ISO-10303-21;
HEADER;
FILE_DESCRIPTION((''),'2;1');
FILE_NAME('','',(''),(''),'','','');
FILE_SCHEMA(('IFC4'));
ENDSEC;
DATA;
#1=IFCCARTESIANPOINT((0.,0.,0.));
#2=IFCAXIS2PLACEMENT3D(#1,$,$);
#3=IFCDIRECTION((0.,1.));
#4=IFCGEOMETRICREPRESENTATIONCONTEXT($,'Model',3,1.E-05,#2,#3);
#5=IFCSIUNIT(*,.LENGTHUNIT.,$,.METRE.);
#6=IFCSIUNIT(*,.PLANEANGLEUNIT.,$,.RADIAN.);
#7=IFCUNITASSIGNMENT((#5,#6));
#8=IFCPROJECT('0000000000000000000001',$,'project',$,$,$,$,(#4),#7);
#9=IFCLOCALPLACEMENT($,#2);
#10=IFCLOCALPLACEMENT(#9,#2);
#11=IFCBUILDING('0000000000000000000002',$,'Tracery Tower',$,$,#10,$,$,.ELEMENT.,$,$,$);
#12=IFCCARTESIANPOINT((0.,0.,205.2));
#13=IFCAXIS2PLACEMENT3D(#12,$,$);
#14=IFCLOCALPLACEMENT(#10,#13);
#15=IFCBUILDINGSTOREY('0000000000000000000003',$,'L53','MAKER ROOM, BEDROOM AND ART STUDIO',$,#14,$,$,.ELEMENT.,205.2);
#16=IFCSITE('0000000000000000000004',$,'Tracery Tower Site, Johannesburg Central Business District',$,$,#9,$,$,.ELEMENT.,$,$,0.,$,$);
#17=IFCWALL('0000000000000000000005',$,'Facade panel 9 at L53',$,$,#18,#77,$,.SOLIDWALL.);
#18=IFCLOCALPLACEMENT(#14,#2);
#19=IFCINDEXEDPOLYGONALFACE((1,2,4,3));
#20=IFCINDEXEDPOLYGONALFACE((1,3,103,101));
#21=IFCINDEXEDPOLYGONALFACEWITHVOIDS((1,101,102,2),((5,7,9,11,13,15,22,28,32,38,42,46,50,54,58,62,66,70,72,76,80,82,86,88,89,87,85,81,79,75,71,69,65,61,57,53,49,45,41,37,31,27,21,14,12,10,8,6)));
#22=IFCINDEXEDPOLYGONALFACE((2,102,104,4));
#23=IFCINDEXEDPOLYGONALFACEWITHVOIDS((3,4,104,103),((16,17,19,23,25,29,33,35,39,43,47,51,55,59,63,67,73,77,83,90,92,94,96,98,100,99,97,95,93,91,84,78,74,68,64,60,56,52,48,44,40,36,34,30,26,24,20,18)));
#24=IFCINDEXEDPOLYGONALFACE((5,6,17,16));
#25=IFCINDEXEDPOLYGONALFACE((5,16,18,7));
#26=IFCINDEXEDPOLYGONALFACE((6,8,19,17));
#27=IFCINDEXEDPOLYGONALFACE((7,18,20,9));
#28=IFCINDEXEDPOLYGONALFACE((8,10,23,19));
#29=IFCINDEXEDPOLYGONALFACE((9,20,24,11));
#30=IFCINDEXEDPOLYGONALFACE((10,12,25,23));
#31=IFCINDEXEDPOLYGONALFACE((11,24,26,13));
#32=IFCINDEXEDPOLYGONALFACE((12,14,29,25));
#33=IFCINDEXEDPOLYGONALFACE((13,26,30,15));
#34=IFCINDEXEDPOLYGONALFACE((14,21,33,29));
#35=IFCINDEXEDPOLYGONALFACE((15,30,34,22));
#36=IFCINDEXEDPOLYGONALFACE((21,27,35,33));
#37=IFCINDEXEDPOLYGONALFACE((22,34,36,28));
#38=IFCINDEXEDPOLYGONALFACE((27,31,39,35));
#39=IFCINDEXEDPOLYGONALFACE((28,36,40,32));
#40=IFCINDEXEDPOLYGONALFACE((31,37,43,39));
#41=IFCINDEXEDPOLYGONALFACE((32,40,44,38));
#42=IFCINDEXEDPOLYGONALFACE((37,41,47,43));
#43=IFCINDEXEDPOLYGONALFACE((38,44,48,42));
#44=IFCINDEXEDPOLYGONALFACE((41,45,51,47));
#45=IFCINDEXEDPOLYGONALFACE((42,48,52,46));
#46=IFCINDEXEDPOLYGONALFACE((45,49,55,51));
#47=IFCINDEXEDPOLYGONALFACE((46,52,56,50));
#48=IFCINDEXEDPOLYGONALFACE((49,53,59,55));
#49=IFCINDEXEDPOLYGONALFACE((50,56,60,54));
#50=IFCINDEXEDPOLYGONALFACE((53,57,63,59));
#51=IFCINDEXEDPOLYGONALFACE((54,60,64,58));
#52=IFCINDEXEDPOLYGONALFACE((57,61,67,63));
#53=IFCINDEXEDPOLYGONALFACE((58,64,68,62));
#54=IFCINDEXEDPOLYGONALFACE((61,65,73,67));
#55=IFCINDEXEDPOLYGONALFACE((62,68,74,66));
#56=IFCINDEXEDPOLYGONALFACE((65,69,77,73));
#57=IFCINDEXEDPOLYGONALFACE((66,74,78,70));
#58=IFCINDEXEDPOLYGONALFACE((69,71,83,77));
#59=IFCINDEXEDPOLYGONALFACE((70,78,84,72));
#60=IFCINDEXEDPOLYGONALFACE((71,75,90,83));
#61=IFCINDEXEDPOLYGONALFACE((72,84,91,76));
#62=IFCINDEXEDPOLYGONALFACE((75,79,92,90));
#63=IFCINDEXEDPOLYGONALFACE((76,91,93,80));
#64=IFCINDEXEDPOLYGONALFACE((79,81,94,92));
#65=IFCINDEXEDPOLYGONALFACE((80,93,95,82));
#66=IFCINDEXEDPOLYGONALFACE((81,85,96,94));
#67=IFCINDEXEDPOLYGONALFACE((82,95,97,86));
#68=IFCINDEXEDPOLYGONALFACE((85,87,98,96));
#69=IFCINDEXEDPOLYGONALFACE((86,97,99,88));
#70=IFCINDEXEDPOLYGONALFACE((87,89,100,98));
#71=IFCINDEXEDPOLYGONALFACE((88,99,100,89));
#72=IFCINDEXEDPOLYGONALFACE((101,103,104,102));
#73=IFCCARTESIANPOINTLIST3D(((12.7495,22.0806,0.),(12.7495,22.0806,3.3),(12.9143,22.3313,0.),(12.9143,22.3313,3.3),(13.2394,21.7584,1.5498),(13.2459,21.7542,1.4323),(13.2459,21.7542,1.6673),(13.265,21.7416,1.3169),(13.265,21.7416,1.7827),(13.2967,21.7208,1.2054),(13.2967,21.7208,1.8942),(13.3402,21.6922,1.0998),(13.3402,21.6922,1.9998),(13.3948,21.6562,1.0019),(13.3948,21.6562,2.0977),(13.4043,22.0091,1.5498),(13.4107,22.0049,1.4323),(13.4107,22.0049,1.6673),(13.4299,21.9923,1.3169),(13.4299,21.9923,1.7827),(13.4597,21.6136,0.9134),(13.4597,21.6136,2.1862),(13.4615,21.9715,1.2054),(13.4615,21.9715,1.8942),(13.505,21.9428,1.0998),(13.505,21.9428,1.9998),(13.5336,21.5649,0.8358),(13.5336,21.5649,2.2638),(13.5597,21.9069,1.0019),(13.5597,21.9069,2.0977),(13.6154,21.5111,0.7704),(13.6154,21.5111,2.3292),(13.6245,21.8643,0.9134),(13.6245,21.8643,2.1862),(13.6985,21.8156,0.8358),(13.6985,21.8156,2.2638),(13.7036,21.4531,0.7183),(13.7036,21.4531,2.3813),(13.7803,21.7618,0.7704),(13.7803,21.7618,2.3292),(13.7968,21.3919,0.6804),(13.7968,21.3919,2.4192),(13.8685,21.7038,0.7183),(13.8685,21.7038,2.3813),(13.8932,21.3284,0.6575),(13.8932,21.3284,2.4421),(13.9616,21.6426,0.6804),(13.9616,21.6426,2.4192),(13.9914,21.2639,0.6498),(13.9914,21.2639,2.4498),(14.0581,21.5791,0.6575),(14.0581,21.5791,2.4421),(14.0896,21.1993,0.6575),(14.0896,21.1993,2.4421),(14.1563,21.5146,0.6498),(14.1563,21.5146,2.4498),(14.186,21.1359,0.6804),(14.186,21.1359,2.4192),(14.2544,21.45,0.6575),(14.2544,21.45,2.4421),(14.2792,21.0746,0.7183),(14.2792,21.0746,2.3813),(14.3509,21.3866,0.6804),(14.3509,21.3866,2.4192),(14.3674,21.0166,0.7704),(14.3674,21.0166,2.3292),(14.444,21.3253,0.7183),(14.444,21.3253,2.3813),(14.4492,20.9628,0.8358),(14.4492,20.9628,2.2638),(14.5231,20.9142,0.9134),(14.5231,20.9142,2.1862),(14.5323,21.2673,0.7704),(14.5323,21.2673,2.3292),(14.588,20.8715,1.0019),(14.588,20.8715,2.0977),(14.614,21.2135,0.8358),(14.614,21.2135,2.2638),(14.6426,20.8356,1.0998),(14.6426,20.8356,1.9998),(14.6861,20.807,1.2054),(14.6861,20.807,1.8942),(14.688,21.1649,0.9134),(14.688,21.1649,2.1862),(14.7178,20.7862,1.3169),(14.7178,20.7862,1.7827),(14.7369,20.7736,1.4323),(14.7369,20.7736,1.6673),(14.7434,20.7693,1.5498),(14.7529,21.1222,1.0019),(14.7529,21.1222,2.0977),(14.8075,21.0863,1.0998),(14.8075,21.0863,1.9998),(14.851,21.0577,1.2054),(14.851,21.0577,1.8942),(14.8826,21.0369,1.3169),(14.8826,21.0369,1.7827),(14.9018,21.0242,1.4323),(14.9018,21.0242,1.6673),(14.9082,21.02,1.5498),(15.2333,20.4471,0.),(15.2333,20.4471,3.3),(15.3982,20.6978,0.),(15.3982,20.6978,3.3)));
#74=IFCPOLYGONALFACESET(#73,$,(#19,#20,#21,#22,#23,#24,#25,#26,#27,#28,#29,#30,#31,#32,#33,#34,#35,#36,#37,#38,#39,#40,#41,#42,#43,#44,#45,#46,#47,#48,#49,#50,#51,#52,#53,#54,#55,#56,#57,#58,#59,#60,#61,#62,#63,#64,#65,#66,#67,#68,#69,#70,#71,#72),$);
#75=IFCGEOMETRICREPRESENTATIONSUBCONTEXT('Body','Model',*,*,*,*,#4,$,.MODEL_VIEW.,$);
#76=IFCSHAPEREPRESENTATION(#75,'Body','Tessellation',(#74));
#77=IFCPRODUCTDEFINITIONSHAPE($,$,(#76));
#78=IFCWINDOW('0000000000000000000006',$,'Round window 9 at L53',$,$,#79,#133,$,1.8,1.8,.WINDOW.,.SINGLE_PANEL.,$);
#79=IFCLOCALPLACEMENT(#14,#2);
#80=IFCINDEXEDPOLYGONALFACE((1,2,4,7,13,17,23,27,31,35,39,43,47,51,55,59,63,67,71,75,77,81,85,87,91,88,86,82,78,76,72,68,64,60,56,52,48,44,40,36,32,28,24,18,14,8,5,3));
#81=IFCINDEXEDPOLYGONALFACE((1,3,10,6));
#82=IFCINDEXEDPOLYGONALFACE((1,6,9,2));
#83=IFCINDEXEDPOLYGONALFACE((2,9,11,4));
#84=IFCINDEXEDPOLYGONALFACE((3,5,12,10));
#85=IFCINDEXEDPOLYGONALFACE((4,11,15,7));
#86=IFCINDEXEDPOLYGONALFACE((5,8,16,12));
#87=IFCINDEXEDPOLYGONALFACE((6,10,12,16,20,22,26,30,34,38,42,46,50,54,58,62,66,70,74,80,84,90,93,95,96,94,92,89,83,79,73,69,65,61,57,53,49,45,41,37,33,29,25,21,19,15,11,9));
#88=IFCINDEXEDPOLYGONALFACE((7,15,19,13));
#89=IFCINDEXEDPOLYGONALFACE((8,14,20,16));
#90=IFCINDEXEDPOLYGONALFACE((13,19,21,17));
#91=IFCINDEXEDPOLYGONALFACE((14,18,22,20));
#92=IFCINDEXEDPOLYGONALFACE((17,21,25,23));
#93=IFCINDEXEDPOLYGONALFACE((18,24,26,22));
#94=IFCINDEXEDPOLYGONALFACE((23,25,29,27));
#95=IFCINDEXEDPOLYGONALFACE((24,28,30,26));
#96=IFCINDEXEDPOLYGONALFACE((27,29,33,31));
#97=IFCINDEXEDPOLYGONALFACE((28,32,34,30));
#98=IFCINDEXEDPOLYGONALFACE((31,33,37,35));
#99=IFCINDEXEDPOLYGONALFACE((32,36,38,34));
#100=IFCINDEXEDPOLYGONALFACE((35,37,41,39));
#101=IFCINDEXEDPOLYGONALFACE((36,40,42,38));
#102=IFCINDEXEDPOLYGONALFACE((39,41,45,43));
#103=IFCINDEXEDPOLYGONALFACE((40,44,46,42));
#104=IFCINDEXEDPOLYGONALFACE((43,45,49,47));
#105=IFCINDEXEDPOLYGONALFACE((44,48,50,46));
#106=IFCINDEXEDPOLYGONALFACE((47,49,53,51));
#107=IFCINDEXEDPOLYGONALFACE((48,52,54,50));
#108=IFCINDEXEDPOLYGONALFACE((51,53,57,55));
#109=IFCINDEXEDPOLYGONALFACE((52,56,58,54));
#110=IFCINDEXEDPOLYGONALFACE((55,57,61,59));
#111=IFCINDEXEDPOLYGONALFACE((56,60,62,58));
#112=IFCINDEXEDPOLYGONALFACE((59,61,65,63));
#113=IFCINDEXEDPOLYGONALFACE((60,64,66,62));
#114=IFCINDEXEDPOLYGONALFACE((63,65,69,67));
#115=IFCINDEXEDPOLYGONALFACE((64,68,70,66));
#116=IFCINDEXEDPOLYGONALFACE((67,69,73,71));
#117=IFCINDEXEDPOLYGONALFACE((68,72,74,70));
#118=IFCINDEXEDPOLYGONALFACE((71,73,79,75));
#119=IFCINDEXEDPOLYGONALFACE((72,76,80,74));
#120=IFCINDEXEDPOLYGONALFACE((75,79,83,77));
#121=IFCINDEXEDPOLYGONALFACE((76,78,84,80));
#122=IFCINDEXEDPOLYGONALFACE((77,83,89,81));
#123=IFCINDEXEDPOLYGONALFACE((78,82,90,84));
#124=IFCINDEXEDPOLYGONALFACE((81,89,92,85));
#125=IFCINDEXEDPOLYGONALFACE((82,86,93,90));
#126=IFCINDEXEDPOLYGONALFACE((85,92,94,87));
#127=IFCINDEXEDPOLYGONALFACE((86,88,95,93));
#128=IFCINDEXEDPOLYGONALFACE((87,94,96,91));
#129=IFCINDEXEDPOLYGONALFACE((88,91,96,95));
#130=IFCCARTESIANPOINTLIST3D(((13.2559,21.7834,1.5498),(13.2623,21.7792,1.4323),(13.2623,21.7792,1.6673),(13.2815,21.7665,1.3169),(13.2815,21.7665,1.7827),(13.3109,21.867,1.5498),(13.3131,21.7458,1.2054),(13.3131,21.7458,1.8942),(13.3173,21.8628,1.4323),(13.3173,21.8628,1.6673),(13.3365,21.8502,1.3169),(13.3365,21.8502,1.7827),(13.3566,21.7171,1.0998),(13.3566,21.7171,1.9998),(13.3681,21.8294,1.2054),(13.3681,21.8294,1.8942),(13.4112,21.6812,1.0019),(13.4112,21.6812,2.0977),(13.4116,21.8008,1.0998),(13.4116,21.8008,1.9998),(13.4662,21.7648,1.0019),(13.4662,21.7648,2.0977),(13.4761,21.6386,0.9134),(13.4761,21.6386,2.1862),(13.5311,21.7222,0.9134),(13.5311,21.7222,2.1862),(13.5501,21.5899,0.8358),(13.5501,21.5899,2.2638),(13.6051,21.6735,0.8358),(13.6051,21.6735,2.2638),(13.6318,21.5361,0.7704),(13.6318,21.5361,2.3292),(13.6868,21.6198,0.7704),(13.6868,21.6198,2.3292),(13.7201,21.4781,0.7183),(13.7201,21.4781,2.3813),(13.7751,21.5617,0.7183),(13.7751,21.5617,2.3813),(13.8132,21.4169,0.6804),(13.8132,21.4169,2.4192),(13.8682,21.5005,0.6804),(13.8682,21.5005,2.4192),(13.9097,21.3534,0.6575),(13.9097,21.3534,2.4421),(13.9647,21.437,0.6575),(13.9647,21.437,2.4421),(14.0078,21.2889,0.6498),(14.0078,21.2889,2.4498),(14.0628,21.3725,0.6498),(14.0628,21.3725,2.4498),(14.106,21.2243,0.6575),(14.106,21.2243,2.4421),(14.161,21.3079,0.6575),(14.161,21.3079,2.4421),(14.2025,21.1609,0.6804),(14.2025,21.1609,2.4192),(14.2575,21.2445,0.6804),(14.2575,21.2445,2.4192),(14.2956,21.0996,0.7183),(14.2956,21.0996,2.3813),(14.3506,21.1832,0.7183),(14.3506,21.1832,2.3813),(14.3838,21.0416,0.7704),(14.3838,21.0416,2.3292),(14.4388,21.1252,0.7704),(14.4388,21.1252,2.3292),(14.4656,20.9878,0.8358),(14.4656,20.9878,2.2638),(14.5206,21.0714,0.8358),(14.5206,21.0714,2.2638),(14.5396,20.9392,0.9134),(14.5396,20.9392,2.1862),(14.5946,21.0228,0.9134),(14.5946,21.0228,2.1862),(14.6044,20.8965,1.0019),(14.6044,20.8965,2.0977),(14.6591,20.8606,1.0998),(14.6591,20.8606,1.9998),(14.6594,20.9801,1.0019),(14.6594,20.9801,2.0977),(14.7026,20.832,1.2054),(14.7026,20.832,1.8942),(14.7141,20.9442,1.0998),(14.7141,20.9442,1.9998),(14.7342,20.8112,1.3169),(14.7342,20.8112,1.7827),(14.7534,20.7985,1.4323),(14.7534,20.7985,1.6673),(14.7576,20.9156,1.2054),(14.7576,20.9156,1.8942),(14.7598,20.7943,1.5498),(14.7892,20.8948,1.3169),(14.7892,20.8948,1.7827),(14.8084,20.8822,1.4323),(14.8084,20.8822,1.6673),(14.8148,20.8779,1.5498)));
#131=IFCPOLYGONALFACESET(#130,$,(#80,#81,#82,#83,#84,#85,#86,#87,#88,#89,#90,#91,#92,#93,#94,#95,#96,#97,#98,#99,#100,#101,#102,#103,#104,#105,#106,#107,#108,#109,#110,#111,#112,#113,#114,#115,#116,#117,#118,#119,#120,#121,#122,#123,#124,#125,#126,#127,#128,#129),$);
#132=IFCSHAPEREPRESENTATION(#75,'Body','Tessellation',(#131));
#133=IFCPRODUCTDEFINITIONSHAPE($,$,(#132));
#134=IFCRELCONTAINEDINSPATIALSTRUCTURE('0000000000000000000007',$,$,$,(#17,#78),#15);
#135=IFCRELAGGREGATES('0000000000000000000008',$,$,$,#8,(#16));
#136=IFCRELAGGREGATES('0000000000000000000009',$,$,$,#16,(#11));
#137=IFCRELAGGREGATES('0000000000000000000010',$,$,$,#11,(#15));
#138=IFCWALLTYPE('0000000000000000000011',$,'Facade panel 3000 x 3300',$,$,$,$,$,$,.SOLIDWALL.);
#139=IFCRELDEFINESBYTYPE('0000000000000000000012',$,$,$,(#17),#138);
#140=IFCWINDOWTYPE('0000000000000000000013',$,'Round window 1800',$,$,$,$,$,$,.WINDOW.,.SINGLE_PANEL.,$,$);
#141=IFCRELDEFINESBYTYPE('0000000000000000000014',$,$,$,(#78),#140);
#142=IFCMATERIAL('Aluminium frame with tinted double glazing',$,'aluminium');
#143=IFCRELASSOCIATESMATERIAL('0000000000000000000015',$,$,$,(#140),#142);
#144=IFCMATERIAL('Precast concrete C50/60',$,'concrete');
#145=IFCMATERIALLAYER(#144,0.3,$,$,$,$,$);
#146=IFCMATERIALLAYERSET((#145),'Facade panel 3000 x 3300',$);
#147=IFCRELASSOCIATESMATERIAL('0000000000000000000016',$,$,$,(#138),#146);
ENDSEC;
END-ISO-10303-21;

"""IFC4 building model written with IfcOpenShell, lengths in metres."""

from ifc_helpers import new_model, si_unit, direction, frame, frame_2d, origin, origin_2d, place, context, subcontext, project, spatial, rectangle, circle, extrude, material, layer, layer_set, type_object, element, fill, save


model = new_model("IFC4")

# Units and contexts
model_context = context("Model", 3, precision=1e-05, world=origin(), true_north=direction((0.0, 1.0)))
body_context = subcontext(model_context, "Body", "Model", "MODEL_VIEW")
ifc_project = project(units=[si_unit("LENGTHUNIT", "METRE"), si_unit("PLANEANGLEUNIT", "RADIAN")], contexts=[model_context])

# Site, building, storey
site_placement = place(None, origin())
site = spatial("IfcSite", under=ifc_project, at=site_placement, Name="Tracery Tower Site, Johannesburg Central Business District", CompositionType="ELEMENT", RefElevation=0.0)
building_placement = place(site_placement, origin())
building = spatial("IfcBuilding", under=site, at=building_placement, Name="Tracery Tower", CompositionType="ELEMENT")
storey_placement = place(building_placement, frame((0.0, 0.0, 205.2)))
storey = spatial("IfcBuildingStorey", under=building, at=storey_placement, Name="L53", Description="MAKER ROOM, BEDROOM AND ART STUDIO", CompositionType="ELEMENT", Elevation=205.2)

# Wall, opening, window
ifc_material_1 = material(Name="Aluminium frame with tinted double glazing", Category="aluminium")
window_type = type_object("IfcWindowType", Name="Round window 1800", PartitioningType="SINGLE_PANEL", PredefinedType="WINDOW", material=ifc_material_1)
ifc_material_2 = material(Name="Precast concrete C50/60", Category="concrete")
ifc_layer_1 = layer(ifc_material_2, 0.3)
ifc_layer_set_1 = layer_set([ifc_layer_1], Name="Facade panel 3000 x 3300")
wall_type_1 = type_object("IfcWallType", Name="Facade panel 3000 x 3300", PredefinedType="SOLIDWALL", material=ifc_layer_set_1)
wall_1_placement = place(storey_placement, frame((15.3157, 20.5725, 0.0), z_axis=(0.0, 0.0, 1.0), x_axis=(-0.835508, 0.549478, 0.0)))
wall_1 = element("IfcWall", 1, at=wall_1_placement, inside=storey, type_object=wall_type_1, Name="Facade panel 9 at L53", PredefinedType="SOLIDWALL", context=body_context, shape_type="SweptSolid", body=[
    extrude(rectangle(XDim=2.9729, YDim=0.3, at=frame_2d((1.4863, 0.0))), origin(), (0.0, 0.0, 1.0), 3.3),
])
opening_1_placement = place(wall_1_placement, frame((1.4863, 0.0, 1.5498)))
opening_1 = element("IfcOpeningElement", 2, at=opening_1_placement, cuts=wall_1, PredefinedType="OPENING", context=body_context, shape_type="SweptSolid", body=[
    extrude(circle(Radius=0.9, at=origin_2d()), frame((0.0, 0.1599, 0.0), z_axis=(0.0, -1.0, 0.0), x_axis=(1.0, 0.0, 0.0)), (0.0, 0.0, 1.0), 0.3201),
])
window_1_placement = place(opening_1_placement, origin())
window_1 = element("IfcWindow", 3, at=window_1_placement, inside=storey, type_object=window_type, Name="Round window 9 at L53", OverallHeight=1.8, OverallWidth=1.8, PartitioningType="SINGLE_PANEL", PredefinedType="WINDOW", context=body_context, shape_type="SweptSolid", body=[
    extrude(circle(Radius=0.9, at=origin_2d()), frame((0.0, 0.1201, 0.0), z_axis=(0.0, -1.0, 0.0), x_axis=(1.0, 0.0, 0.0)), (0.0, 0.0, 1.0), 0.1001),
])
fill(opening_1, window_1)

save(model, "model.ifc")
